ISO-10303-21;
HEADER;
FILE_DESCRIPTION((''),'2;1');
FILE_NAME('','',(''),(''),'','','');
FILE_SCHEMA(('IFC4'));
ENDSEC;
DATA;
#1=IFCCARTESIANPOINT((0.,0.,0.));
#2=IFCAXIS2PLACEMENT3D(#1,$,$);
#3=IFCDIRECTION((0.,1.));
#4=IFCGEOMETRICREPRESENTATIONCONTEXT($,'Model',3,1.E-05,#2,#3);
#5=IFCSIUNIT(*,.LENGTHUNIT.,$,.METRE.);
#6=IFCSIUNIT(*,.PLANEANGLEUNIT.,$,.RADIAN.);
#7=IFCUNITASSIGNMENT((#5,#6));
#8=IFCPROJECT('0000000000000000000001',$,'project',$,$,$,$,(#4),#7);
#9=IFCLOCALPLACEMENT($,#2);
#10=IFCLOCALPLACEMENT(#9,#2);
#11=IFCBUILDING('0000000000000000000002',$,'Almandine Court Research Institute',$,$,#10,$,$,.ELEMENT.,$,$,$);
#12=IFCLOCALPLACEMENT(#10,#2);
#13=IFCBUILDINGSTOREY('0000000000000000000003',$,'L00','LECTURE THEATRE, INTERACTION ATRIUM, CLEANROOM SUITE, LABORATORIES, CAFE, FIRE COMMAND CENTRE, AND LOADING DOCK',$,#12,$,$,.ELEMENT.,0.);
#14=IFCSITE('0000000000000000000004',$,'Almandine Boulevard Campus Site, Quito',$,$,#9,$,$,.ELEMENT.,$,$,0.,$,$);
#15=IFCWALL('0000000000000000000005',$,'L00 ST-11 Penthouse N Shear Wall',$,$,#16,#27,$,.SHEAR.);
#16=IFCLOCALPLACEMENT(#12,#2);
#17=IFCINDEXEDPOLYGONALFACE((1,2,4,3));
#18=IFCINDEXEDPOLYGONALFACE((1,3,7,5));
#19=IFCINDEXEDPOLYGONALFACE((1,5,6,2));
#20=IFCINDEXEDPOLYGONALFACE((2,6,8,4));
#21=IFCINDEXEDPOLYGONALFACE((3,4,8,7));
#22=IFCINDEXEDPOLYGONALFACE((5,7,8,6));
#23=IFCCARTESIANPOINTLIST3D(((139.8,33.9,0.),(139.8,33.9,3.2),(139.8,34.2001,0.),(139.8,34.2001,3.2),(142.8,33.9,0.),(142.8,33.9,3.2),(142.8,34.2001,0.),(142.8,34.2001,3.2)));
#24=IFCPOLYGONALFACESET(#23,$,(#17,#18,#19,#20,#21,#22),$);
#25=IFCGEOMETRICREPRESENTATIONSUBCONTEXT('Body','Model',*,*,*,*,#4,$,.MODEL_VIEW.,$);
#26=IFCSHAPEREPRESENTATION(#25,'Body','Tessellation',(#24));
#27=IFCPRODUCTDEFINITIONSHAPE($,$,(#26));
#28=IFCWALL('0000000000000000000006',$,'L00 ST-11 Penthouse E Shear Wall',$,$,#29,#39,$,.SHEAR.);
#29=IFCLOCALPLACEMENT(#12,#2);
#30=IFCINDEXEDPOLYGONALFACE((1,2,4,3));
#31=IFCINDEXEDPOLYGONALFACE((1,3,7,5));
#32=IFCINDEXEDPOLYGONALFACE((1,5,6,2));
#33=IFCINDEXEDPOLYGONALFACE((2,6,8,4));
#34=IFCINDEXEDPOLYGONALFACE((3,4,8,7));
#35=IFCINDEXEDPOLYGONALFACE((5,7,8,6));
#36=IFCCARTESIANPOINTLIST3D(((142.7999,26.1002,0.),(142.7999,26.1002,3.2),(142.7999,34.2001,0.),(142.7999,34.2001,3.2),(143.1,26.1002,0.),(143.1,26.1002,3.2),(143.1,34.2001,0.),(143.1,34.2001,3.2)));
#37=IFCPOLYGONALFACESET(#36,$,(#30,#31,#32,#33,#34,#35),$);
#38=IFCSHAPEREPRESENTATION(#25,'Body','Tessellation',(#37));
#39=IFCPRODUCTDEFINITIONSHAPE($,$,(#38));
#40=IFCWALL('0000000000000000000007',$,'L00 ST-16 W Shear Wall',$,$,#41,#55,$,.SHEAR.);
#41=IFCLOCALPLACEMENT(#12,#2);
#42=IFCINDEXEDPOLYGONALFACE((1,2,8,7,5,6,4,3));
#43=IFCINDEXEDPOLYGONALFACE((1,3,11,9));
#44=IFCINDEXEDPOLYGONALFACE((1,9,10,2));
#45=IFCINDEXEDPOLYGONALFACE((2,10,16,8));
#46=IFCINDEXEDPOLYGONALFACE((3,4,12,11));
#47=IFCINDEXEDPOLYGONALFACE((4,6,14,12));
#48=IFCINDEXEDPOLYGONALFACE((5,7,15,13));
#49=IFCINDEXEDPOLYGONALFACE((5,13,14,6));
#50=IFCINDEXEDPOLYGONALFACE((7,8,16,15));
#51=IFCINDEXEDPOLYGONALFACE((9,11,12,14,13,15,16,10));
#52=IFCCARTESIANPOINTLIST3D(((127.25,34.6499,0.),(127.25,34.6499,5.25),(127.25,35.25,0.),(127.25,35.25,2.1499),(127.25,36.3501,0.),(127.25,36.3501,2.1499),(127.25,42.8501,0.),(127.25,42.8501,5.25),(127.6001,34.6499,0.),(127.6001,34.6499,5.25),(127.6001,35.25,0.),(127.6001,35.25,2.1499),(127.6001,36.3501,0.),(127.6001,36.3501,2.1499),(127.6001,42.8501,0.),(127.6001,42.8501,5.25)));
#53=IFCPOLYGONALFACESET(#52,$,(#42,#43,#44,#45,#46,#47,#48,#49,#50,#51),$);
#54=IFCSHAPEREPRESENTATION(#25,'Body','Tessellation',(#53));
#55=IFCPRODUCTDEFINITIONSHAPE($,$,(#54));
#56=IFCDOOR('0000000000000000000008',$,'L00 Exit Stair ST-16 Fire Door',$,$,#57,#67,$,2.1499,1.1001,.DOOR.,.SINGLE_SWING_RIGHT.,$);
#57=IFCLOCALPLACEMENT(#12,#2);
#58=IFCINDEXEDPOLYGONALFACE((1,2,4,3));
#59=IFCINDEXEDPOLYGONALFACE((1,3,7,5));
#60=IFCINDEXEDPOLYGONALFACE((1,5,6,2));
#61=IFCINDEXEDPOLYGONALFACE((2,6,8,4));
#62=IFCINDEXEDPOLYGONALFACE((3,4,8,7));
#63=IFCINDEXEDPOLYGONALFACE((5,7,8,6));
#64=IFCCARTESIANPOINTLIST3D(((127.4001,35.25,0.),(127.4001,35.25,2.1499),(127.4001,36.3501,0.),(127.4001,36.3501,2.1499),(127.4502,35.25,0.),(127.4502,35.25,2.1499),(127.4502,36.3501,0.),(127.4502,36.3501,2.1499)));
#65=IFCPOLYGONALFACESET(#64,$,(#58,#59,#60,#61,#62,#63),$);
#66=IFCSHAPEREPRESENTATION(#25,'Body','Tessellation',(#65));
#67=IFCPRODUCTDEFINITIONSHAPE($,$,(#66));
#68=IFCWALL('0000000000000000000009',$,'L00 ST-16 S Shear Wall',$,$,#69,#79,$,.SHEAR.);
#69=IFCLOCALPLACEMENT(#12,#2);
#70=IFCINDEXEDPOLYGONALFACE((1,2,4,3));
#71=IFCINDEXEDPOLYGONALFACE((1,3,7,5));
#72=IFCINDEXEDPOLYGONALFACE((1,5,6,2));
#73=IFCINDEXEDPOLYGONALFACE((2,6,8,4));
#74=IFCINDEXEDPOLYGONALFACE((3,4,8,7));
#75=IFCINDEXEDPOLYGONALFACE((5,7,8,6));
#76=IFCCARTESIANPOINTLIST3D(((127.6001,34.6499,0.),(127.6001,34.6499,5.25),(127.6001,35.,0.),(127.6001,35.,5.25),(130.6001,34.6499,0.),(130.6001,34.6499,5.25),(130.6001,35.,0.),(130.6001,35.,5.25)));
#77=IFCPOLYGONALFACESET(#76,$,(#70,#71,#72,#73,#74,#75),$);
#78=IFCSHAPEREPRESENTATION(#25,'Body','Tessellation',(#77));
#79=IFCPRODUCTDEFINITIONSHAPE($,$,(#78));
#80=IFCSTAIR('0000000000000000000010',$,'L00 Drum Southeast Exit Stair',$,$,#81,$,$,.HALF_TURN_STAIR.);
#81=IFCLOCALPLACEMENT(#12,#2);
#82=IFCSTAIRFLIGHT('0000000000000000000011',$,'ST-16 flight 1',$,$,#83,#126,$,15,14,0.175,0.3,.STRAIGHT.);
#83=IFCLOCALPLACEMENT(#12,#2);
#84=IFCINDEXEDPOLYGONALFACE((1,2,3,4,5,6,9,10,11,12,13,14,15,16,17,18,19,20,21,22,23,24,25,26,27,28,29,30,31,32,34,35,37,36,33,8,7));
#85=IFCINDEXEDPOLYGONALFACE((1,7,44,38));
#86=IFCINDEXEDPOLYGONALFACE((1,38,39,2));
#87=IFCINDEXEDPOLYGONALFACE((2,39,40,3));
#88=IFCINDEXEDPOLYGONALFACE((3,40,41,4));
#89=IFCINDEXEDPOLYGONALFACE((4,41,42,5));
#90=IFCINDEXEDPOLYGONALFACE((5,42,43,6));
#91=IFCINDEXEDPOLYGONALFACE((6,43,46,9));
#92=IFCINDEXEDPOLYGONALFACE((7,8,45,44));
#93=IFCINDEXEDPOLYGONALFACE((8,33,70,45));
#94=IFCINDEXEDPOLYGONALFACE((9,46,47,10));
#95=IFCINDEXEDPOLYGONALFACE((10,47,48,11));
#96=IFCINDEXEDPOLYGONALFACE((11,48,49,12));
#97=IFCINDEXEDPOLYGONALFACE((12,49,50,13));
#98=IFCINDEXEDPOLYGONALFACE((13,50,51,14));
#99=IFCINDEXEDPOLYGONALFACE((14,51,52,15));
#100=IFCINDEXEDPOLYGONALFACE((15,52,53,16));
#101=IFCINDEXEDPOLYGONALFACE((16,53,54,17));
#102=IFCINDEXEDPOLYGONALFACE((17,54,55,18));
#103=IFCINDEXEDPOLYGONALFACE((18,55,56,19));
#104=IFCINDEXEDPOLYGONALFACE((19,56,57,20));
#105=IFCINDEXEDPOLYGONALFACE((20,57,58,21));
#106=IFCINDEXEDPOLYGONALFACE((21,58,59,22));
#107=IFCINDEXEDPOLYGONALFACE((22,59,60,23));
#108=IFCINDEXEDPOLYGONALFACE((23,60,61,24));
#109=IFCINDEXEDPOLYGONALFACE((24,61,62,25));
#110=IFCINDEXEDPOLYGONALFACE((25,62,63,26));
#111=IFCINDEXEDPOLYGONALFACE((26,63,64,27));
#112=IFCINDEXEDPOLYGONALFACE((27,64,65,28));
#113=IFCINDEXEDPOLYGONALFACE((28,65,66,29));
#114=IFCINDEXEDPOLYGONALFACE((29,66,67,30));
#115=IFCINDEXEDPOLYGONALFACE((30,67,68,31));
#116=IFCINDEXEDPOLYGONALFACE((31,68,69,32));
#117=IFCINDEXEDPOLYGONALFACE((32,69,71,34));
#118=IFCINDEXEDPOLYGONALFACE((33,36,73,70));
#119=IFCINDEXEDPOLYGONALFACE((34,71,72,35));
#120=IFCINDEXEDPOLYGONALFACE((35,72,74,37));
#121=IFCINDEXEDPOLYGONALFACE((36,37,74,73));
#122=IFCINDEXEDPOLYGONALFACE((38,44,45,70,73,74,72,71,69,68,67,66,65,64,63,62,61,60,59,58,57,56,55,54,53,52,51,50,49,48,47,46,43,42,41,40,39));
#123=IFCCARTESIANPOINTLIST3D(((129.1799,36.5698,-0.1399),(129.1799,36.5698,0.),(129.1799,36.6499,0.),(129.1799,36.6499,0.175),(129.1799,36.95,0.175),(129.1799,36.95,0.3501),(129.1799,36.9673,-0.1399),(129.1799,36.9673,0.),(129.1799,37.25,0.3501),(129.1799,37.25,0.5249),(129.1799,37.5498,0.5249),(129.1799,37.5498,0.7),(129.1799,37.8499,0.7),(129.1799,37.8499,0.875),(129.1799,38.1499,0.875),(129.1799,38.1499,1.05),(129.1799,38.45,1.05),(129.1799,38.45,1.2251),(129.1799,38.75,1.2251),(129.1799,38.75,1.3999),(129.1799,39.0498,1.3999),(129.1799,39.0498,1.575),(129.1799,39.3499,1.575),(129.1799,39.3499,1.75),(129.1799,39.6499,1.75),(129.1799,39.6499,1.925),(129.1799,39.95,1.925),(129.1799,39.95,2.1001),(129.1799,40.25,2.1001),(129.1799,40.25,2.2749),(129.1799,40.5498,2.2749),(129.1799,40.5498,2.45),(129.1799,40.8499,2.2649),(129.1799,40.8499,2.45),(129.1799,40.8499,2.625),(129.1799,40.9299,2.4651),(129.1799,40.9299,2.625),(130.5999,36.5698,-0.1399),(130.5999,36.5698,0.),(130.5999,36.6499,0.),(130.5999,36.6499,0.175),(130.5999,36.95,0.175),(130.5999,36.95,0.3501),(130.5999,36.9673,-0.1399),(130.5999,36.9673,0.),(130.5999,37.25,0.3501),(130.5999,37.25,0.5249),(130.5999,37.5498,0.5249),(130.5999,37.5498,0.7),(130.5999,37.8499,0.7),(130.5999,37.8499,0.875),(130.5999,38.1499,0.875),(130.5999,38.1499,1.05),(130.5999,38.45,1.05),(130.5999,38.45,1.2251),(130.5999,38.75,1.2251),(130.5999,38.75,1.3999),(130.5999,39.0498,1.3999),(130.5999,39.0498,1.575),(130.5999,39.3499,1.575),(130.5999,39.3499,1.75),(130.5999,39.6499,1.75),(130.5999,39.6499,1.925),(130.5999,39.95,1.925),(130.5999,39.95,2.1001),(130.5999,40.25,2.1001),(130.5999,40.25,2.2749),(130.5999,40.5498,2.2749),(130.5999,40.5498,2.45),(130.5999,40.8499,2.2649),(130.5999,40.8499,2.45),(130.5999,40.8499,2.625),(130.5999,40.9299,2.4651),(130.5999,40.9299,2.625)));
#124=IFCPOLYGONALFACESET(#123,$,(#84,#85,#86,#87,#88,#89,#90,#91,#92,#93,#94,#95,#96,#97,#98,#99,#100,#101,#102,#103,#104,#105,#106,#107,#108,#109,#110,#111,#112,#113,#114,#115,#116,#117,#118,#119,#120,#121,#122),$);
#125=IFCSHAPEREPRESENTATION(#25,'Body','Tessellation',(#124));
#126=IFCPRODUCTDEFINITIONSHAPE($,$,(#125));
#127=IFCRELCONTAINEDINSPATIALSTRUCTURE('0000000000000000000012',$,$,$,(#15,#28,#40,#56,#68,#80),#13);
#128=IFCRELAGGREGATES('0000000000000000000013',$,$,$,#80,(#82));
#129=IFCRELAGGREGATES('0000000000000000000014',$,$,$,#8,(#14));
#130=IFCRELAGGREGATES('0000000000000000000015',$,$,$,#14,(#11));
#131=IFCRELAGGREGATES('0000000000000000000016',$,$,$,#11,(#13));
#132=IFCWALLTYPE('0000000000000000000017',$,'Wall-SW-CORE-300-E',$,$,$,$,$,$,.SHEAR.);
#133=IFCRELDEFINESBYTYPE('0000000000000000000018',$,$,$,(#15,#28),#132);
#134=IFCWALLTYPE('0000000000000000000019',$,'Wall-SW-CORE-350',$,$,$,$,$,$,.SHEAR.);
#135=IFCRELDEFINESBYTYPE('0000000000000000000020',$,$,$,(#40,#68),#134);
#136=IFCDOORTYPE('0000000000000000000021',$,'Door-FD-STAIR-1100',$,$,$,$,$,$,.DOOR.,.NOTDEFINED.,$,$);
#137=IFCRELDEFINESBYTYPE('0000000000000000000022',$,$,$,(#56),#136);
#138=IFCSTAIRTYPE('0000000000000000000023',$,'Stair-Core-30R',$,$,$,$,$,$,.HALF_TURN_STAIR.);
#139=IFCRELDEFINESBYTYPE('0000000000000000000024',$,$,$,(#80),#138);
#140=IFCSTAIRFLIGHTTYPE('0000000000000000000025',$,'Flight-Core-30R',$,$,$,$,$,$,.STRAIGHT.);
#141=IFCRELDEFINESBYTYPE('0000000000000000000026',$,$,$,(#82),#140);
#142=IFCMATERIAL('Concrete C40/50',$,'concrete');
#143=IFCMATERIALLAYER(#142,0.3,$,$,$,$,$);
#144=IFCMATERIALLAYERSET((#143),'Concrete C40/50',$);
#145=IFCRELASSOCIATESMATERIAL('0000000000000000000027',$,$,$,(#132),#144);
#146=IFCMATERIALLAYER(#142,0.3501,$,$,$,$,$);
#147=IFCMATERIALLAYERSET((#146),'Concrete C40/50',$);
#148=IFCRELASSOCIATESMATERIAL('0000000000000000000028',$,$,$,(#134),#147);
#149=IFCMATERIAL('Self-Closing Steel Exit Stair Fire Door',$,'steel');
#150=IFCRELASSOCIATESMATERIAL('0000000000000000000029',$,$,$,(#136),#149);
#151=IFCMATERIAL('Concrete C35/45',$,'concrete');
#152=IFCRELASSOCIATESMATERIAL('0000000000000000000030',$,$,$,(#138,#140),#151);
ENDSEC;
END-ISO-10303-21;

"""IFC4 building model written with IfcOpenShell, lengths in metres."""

from ifc_helpers import new_model, si_unit, direction, frame, frame_2d, origin, place, context, subcontext, project, spatial, polyline, rectangle, outline, extrude, material, layer, layer_set, type_object, element, fill, aggregate, save


model = new_model("IFC4")

# Units and contexts
model_context = context("Model", 3, precision=1e-05, world=origin(), true_north=direction((0.0, 1.0)))
body_context = subcontext(model_context, "Body", "Model", "MODEL_VIEW")
ifc_project = project(units=[si_unit("LENGTHUNIT", "METRE"), si_unit("PLANEANGLEUNIT", "RADIAN")], contexts=[model_context])

# Site, building, storey
site_placement = place(None, origin())
site = spatial("IfcSite", under=ifc_project, at=site_placement, Name="Almandine Boulevard Campus Site, Quito", CompositionType="ELEMENT", RefElevation=0.0)
building_placement = place(site_placement, origin())
building = spatial("IfcBuilding", under=site, at=building_placement, Name="Almandine Court Research Institute", CompositionType="ELEMENT")
storey_placement = place(building_placement, origin())
storey = spatial("IfcBuildingStorey", under=building, at=storey_placement, Name="L00", Description="LECTURE THEATRE, INTERACTION ATRIUM, CLEANROOM SUITE, LABORATORIES, CAFE, FIRE COMMAND CENTRE, AND LOADING DOCK", CompositionType="ELEMENT", Elevation=0.0)

# Walls
ifc_material_1 = material(Name="Concrete C40/50", Category="concrete")
ifc_layer_1 = layer(ifc_material_1, 0.3)
ifc_layer_set_1 = layer_set([ifc_layer_1], Name="Concrete C40/50")
wall_type_1 = type_object("IfcWallType", Name="Wall-SW-CORE-300-E", PredefinedType="SHEAR", material=ifc_layer_set_1)
wall_1_placement = place(storey_placement, frame((139.8, 34.05, 0.0), z_axis=(0.0, 0.0, 1.0), x_axis=(1.0, 0.0, 0.0)))
element("IfcWall", 1, at=wall_1_placement, inside=storey, type_object=wall_type_1, Name="L00 ST-11 Penthouse N Shear Wall", PredefinedType="SHEAR", context=body_context, shape_type="SweptSolid", body=[
    extrude(rectangle(XDim=3.0, YDim=0.3, at=frame_2d((1.5, 0.0))), origin(), (0.0, 0.0, 1.0), 3.2),
])
wall_2_placement = place(storey_placement, frame((142.95, 34.2, 0.0), z_axis=(0.0, 0.0, 1.0), x_axis=(0.0, -1.0, 0.0)))
element("IfcWall", 2, at=wall_2_placement, inside=storey, type_object=wall_type_1, Name="L00 ST-11 Penthouse E Shear Wall", PredefinedType="SHEAR", context=body_context, shape_type="SweptSolid", body=[
    extrude(rectangle(XDim=8.0999, YDim=0.3, at=frame_2d((4.0498, 0.0))), origin(), (0.0, 0.0, 1.0), 3.2),
])

# Wall, opening, door
ifc_layer_2 = layer(ifc_material_1, 0.3501)
ifc_layer_set_2 = layer_set([ifc_layer_2], Name="Concrete C40/50")
wall_type_2 = type_object("IfcWallType", Name="Wall-SW-CORE-350", PredefinedType="SHEAR", material=ifc_layer_set_2)
wall_3_placement = place(storey_placement, frame((127.425, 34.6499, 0.0), z_axis=(0.0, 0.0, 1.0), x_axis=(0.0, 1.0, 0.0)))
wall_3 = element("IfcWall", 3, at=wall_3_placement, inside=storey, type_object=wall_type_2, Name="L00 ST-16 W Shear Wall", PredefinedType="SHEAR", context=body_context, shape_type="SweptSolid", body=[
    extrude(rectangle(XDim=8.2002, YDim=0.3501, at=frame_2d((4.1001, 0.0))), origin(), (0.0, 0.0, 1.0), 5.25),
])
opening_1_placement = place(wall_3_placement, frame((0.6001, 0.0, 0.0)))
opening_1 = element("IfcOpeningElement", 4, at=opening_1_placement, cuts=wall_3, PredefinedType="OPENING", context=body_context, shape_type="SweptSolid", body=[
    extrude(rectangle(XDim=1.1001, YDim=2.1499, at=frame_2d((0.55, 1.075))), frame((0.0, 0.1851, 0.0), z_axis=(0.0, -1.0, 0.0), x_axis=(1.0, 0.0, 0.0)), (0.0, 0.0, 1.0), 0.3701),
])
ifc_material_2 = material(Name="Self-Closing Steel Exit Stair Fire Door", Category="steel")
door_type_1 = type_object("IfcDoorType", Name="Door-FD-STAIR-1100", OperationType="NOTDEFINED", PredefinedType="DOOR", material=ifc_material_2)
door_1_placement = place(opening_1_placement, origin())
door_1 = element("IfcDoor", 5, at=door_1_placement, inside=storey, type_object=door_type_1, Name="L00 Exit Stair ST-16 Fire Door", OperationType="SINGLE_SWING_RIGHT", OverallHeight=2.1499, OverallWidth=1.1001, PredefinedType="DOOR", context=body_context, shape_type="SweptSolid", body=[
    extrude(rectangle(XDim=1.1001, YDim=2.1499, at=frame_2d((0.55, 1.075))), frame((0.0, 0.0249, 0.0), z_axis=(0.0, -1.0, 0.0), x_axis=(1.0, 0.0, 0.0)), (0.0, 0.0, 1.0), 0.05),
])
fill(opening_1, door_1)

# Wall
wall_4_placement = place(storey_placement, frame((130.6001, 34.825, 0.0), z_axis=(0.0, 0.0, 1.0), x_axis=(-1.0, 0.0, 0.0)))
element("IfcWall", 6, at=wall_4_placement, inside=storey, type_object=wall_type_2, Name="L00 ST-16 S Shear Wall", PredefinedType="SHEAR", context=body_context, shape_type="SweptSolid", body=[
    extrude(rectangle(XDim=3.0, YDim=0.3501, at=frame_2d((1.5, 0.0))), origin(), (0.0, 0.0, 1.0), 5.25),
])

# Stair, stair flight
ifc_material_3 = material(Name="Concrete C35/45", Category="concrete")
stair_type = type_object("IfcStairType", Name="Stair-Core-30R", PredefinedType="HALF_TURN_STAIR", material=ifc_material_3)
stair_placement = place(storey_placement, origin())
stair = element("IfcStair", 7, at=stair_placement, inside=storey, type_object=stair_type, Name="L00 Drum Southeast Exit Stair", PredefinedType="HALF_TURN_STAIR")
stair_flight_type = type_object("IfcStairFlightType", Name="Flight-Core-30R", PredefinedType="STRAIGHT", material=ifc_material_3)
stair_flight_placement = place(storey_placement, frame((129.8899, 36.6499, 0.0), z_axis=(0.0, 0.0, 1.0), x_axis=(0.0, 1.0, 0.0)))
stair_flight = element("IfcStairFlight", 8, at=stair_flight_placement, type_object=stair_flight_type, Name="ST-16 flight 1", NumberOfRisers=15, NumberOfTreads=14, PredefinedType="STRAIGHT", RiserHeight=0.175, TreadLength=0.3, context=body_context, shape_type="SweptSolid", body=[
    extrude(outline(polyline([(-0.0801, -0.1399), (-0.0801, 0.0), (0.0, 0.0), (0.0, 0.175), (0.3, 0.175), (0.3, 0.3501), (0.6001, 0.3501), (0.6001, 0.5249), (0.8999, 0.5249), (0.8999, 0.7), (1.2, 0.7), (1.2, 0.875), (1.5, 0.875), (1.5, 1.05), (1.8, 1.05), (1.8, 1.2251), (2.1001, 1.2251), (2.1001, 1.3999), (2.3999, 1.3999), (2.3999, 1.575), (2.7, 1.575), (2.7, 1.75), (3.0, 1.75), (3.0, 1.925), (3.3, 1.925), (3.3, 2.1001), (3.6001, 2.1001), (3.6001, 2.2749), (3.8999, 2.2749), (3.8999, 2.45), (4.2, 2.45), (4.2, 2.625), (4.28, 2.625), (4.28, 2.4651), (4.2, 2.2649), (0.3174, 0.0), (0.3174, -0.1399), (-0.0801, -0.1399)])), frame((0.0, 0.71, 0.0), z_axis=(0.0, -1.0, 0.0), x_axis=(1.0, 0.0, 0.0)), (0.0, 0.0, 1.0), 1.4199),
])
aggregate(stair, [stair_flight])

save(model, "model.ifc")
